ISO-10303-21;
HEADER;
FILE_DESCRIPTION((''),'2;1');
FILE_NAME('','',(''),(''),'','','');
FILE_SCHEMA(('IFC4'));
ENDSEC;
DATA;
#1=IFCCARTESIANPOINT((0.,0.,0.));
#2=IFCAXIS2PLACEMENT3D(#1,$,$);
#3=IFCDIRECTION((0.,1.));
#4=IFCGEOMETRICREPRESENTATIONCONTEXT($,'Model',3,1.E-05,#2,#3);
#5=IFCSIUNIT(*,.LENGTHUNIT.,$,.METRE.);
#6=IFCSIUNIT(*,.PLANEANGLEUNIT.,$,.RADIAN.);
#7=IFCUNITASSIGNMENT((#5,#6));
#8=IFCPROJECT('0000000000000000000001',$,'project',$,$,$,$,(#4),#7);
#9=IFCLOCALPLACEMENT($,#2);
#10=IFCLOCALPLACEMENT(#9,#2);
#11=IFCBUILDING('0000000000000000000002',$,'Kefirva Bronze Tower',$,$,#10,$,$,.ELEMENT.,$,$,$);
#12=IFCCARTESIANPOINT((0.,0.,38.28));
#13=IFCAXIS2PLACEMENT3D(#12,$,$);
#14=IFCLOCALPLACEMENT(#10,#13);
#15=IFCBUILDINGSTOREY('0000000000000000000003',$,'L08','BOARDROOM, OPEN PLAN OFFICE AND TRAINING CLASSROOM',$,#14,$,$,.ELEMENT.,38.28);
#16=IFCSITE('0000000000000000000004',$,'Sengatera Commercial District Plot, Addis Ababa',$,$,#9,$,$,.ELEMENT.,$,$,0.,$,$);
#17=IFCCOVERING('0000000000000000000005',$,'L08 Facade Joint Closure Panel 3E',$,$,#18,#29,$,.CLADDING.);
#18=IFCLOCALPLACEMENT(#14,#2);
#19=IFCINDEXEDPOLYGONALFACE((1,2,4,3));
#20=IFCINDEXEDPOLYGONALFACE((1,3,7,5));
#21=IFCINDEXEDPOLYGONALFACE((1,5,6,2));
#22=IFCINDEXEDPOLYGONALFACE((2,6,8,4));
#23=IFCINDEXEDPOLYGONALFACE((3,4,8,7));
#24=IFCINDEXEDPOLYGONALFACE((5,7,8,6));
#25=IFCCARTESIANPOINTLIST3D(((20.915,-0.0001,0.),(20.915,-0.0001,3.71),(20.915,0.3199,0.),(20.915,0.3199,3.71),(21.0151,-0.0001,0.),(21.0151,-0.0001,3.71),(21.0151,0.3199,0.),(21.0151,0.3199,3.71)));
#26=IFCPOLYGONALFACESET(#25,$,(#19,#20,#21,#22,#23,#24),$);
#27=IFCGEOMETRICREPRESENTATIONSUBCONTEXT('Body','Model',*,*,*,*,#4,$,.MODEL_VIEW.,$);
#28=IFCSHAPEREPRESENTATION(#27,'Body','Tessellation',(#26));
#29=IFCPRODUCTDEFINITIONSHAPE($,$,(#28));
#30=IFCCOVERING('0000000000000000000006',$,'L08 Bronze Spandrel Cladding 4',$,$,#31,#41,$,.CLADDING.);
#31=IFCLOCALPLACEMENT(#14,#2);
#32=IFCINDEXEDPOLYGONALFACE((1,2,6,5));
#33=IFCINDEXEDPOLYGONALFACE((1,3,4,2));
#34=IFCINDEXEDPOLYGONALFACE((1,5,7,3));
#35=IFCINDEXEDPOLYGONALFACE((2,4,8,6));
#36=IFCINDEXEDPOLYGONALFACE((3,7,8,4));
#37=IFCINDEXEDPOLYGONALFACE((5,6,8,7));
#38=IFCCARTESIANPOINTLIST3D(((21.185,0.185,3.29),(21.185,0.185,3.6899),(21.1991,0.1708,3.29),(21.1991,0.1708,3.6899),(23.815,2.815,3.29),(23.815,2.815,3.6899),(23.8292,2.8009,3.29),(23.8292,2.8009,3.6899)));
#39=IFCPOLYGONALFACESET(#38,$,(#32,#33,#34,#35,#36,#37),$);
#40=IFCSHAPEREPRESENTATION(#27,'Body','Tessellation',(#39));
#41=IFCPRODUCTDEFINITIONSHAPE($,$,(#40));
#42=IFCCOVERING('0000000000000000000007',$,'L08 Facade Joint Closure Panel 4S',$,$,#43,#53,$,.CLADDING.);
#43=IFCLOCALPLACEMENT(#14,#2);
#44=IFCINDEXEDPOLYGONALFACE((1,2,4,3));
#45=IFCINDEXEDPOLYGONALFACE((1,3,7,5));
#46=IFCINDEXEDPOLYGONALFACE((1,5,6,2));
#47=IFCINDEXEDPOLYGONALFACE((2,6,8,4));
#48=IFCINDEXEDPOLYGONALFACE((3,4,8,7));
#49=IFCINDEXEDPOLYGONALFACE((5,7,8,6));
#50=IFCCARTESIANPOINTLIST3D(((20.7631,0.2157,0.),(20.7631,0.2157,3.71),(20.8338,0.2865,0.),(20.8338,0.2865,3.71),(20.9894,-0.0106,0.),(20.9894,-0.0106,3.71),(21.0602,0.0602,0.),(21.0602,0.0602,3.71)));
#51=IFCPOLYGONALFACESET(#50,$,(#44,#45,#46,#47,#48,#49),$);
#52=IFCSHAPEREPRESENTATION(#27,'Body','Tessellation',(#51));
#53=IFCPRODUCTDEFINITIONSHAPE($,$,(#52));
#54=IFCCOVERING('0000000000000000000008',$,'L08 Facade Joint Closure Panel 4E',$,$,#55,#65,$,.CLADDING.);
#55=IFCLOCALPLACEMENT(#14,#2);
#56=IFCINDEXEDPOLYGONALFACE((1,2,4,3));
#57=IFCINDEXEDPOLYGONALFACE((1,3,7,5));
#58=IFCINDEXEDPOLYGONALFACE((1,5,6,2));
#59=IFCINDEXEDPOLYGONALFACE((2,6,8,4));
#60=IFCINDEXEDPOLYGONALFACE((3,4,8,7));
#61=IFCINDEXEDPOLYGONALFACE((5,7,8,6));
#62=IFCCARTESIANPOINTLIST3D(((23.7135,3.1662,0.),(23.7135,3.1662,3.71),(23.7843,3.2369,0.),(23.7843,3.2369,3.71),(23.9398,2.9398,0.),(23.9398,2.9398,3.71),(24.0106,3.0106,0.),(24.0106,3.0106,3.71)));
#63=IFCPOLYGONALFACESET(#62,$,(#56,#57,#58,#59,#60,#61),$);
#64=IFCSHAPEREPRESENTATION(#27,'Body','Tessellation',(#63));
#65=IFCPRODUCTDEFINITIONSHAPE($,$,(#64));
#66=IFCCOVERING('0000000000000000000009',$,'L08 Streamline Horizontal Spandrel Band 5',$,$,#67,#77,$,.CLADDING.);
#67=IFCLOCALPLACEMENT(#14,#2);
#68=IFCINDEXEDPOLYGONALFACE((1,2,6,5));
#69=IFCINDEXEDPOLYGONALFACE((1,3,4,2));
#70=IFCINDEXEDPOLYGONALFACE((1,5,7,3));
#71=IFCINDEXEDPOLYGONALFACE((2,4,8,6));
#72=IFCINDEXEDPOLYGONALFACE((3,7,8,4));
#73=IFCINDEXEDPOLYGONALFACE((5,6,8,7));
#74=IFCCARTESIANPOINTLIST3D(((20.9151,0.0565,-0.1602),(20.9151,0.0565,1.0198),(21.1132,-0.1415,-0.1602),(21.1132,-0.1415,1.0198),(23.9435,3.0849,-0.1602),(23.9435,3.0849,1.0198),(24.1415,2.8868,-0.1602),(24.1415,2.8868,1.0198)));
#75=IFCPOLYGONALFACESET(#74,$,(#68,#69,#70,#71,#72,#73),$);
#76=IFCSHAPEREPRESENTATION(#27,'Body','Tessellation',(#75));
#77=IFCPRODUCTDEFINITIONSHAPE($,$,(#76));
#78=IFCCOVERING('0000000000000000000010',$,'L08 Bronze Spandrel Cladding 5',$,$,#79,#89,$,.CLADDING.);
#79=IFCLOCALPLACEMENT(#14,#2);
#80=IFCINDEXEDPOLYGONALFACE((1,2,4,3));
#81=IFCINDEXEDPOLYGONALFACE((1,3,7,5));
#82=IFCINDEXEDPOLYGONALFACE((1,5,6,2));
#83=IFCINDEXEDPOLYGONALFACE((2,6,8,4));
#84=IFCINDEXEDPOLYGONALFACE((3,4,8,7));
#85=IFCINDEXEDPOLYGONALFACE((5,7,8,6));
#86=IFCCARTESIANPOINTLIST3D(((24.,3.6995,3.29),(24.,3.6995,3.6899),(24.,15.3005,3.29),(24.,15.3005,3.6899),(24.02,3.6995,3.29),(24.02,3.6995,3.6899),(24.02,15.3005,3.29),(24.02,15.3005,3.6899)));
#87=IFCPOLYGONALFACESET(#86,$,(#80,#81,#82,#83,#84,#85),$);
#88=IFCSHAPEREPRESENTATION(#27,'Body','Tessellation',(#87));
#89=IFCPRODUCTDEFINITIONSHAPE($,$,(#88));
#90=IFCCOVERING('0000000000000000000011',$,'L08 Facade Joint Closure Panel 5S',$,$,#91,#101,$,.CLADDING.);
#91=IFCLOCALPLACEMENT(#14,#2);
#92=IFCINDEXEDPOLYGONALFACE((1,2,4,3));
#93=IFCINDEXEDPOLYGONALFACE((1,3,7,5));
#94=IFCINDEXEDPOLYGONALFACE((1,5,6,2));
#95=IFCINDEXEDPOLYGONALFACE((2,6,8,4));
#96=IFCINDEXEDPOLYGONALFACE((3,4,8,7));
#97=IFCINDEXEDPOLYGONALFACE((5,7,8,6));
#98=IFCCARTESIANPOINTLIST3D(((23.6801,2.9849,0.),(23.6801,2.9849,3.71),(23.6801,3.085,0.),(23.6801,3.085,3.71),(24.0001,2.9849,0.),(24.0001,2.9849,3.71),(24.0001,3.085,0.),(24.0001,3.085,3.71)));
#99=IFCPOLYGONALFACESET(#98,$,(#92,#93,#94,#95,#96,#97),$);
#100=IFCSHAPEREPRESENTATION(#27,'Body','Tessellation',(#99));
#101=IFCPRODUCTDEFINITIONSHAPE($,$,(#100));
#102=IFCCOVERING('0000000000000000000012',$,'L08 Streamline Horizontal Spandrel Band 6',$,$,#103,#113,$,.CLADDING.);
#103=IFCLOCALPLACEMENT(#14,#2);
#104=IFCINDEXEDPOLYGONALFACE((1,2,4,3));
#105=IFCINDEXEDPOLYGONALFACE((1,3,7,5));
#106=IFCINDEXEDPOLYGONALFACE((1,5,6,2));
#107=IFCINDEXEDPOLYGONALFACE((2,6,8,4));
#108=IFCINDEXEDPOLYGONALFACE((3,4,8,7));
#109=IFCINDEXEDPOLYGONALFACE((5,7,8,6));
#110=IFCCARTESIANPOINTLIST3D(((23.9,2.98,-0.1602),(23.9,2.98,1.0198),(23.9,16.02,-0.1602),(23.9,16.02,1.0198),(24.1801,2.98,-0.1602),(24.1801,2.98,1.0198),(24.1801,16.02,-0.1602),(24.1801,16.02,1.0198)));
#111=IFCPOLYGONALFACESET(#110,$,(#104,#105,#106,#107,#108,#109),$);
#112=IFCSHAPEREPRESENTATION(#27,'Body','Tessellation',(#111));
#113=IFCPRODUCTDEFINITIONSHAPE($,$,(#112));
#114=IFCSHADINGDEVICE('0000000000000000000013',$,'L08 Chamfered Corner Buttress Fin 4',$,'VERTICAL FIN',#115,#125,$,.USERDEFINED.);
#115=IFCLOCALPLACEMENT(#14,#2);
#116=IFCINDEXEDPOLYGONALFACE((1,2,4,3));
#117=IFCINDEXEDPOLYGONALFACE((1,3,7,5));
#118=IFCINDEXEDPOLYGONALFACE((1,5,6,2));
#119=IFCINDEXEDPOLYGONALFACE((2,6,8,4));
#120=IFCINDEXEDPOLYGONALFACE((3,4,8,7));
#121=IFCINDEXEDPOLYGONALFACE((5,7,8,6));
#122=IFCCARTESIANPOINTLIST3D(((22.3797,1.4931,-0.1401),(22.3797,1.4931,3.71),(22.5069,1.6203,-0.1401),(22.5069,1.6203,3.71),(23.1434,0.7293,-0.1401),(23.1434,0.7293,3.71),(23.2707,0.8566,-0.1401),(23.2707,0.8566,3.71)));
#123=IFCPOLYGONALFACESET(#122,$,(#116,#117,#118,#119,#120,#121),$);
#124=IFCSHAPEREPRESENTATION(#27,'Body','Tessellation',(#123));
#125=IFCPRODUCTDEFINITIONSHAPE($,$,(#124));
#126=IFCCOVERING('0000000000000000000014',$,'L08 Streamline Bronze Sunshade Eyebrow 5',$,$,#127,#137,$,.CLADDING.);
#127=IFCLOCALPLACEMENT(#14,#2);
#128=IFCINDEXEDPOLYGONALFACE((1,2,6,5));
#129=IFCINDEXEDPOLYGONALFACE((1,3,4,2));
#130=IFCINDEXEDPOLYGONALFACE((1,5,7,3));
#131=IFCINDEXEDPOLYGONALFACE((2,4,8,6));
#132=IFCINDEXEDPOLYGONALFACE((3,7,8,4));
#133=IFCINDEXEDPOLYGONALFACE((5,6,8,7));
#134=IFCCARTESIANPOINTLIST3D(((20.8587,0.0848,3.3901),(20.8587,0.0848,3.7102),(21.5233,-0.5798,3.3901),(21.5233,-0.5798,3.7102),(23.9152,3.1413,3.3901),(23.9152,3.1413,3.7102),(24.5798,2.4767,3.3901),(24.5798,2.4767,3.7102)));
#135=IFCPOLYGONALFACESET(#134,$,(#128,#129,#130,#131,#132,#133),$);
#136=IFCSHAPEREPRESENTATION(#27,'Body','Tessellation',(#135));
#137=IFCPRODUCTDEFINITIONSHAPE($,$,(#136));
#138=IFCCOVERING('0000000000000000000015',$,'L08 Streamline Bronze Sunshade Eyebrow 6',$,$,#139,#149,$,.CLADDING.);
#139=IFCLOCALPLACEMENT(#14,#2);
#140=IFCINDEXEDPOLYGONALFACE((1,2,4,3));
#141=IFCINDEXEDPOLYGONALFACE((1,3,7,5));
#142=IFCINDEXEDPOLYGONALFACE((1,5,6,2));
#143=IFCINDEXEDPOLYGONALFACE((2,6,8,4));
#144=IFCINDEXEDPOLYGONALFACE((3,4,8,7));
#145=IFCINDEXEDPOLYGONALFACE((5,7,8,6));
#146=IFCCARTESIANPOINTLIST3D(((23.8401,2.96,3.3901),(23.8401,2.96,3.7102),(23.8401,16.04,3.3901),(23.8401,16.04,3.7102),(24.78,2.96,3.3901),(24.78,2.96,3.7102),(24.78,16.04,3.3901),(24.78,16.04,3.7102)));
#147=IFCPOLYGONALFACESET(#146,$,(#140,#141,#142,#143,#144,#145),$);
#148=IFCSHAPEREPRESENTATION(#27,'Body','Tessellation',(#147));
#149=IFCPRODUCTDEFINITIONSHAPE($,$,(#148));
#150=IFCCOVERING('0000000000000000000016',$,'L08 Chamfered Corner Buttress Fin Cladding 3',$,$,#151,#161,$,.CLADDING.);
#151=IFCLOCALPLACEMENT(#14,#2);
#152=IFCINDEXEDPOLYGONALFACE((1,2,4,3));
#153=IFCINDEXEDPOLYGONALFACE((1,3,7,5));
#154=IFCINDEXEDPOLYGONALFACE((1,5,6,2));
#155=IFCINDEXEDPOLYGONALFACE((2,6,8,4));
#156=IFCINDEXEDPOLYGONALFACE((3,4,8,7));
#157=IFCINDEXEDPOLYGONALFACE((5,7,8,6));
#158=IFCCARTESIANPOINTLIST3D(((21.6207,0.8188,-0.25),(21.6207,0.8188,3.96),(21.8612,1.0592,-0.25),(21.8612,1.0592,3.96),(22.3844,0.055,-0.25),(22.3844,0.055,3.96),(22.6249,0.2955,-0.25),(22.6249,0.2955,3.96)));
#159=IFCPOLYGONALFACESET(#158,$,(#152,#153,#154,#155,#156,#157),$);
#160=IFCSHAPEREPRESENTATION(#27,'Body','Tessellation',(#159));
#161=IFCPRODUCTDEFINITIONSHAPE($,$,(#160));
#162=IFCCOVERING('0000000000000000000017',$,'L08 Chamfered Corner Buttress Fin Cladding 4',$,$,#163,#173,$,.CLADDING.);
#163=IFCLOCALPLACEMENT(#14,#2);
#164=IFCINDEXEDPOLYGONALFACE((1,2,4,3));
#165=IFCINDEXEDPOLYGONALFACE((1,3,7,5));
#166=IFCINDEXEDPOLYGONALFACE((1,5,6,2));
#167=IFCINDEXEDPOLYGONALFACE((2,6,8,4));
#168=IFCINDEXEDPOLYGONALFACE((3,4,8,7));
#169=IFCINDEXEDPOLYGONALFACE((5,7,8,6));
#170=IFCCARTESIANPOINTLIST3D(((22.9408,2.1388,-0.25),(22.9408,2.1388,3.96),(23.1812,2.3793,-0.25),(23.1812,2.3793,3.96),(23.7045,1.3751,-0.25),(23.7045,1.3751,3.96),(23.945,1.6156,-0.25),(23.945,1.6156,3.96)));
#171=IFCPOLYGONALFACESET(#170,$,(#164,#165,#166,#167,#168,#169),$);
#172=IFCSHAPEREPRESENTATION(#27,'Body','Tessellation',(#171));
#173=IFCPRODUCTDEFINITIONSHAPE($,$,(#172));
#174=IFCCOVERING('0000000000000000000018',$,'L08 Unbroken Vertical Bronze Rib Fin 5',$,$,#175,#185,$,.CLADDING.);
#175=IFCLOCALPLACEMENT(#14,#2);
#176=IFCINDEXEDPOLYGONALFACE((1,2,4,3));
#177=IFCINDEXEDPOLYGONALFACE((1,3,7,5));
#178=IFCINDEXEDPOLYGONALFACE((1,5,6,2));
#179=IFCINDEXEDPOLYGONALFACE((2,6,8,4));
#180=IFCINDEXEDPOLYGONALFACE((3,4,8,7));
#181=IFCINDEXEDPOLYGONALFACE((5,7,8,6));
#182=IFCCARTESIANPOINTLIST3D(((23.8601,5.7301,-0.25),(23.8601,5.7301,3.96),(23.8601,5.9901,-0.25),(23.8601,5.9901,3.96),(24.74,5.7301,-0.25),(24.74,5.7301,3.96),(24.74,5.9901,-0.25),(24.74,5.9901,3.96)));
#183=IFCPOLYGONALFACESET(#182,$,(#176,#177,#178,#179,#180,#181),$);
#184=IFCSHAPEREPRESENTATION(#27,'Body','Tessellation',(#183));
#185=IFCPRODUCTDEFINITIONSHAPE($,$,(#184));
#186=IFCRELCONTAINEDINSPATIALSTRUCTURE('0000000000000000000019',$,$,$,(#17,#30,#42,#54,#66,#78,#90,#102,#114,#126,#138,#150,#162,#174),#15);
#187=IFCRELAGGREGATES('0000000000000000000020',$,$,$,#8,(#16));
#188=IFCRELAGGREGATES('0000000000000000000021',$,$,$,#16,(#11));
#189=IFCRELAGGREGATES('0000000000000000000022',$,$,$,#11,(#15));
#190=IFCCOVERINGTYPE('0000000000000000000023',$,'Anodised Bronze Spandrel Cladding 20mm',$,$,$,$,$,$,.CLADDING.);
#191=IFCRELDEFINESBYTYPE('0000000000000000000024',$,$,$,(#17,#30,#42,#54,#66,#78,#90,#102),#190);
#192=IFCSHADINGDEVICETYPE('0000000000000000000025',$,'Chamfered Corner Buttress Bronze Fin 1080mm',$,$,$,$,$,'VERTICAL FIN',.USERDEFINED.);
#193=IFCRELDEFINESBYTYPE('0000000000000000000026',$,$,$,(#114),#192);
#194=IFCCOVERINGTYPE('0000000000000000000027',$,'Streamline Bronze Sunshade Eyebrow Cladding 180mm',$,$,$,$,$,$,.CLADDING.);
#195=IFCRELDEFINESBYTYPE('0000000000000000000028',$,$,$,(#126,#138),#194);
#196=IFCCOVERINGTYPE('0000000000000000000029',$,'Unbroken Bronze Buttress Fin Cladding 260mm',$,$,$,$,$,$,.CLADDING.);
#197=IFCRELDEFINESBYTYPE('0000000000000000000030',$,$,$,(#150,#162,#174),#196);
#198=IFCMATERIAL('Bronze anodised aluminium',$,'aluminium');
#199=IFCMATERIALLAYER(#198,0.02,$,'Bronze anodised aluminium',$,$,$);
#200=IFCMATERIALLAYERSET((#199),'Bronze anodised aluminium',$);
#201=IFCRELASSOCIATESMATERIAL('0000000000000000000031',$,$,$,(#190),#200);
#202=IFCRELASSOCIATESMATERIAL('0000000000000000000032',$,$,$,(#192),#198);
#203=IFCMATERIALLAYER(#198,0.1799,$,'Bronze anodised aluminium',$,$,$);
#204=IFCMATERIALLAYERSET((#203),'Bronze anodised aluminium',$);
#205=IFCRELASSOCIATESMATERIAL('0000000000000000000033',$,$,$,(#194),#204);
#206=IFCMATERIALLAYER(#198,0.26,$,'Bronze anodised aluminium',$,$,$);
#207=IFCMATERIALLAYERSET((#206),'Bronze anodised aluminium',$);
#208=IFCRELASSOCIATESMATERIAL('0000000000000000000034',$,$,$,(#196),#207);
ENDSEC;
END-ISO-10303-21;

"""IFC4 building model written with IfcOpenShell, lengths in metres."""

from ifc_helpers import new_model, si_unit, direction, frame, origin, origin_2d, place, context, subcontext, project, spatial, rectangle, extrude, material, layer, layer_set, material_profile, profile_set, type_object, element, save


model = new_model("IFC4")

# Units and contexts
model_context = context("Model", 3, precision=1e-05, world=origin(), true_north=direction((0.0, 1.0)))
body_context = subcontext(model_context, "Body", "Model", "MODEL_VIEW")
ifc_project = project(units=[si_unit("LENGTHUNIT", "METRE"), si_unit("PLANEANGLEUNIT", "RADIAN")], contexts=[model_context])

# Site, building, storey
site_placement = place(None, origin())
site = spatial("IfcSite", under=ifc_project, at=site_placement, Name="Sengatera Commercial District Plot, Addis Ababa", CompositionType="ELEMENT", RefElevation=0.0)
building_placement = place(site_placement, origin())
building = spatial("IfcBuilding", under=site, at=building_placement, Name="Kefirva Bronze Tower", CompositionType="ELEMENT")
storey_placement = place(building_placement, frame((0.0, 0.0, 38.28)))
storey = spatial("IfcBuildingStorey", under=building, at=storey_placement, Name="L08", Description="BOARDROOM, OPEN PLAN OFFICE AND TRAINING CLASSROOM", CompositionType="ELEMENT", Elevation=38.28)

# Coverings
ifc_material_1 = material(Name="Bronze anodised aluminium", Category="aluminium")
ifc_layer_1 = layer(ifc_material_1, 0.02, Name="Bronze anodised aluminium")
ifc_layer_set_1 = layer_set([ifc_layer_1], Name="Bronze anodised aluminium")
covering_type_1 = type_object("IfcCoveringType", Name="Anodised Bronze Spandrel Cladding 20mm", PredefinedType="CLADDING", material=ifc_layer_set_1)
covering_1_placement = place(storey_placement, frame((20.9651, 0.1599, 0.0), z_axis=(0.0, 0.0, 1.0), x_axis=(1.0, 0.0, 0.0)))
element("IfcCovering", 1, at=covering_1_placement, inside=storey, type_object=covering_type_1, Name="L08 Facade Joint Closure Panel 3E", PredefinedType="CLADDING", context=body_context, shape_type="SweptSolid", body=[
    extrude(rectangle(XDim=0.1001, YDim=0.3201, at=origin_2d()), origin(), (0.0, 0.0, 1.0), 3.71),
])
covering_2_placement = place(storey_placement, frame((22.5071, 1.4929, 3.29), z_axis=(0.0, 0.0, 1.0), x_axis=(0.707107, 0.707107, 0.0)))
element("IfcCovering", 2, at=covering_2_placement, inside=storey, type_object=covering_type_1, Name="L08 Bronze Spandrel Cladding 4", PredefinedType="CLADDING", context=body_context, shape_type="SweptSolid", body=[
    extrude(rectangle(XDim=3.7195, YDim=0.02, at=origin_2d()), origin(), (0.0, 0.0, 1.0), 0.3999),
])
for number, where, z_axis, x_axis, name in (
    (3, (20.9116, 0.1379, 0.0), (0.0, 0.0, 1.0), (0.707107, 0.707107, 0.0), "L08 Facade Joint Closure Panel 4S"),
    (4, (23.8621, 3.0884, 0.0), (0.0, 0.0, 1.0), (0.707107, 0.707107, 0.0), "L08 Facade Joint Closure Panel 4E"),
):
    element("IfcCovering", number, at=place(storey_placement, frame(where, z_axis=z_axis, x_axis=x_axis)), inside=storey, type_object=covering_type_1, Name=name, PredefinedType="CLADDING", context=body_context, shape_type="SweptSolid", body=[
        extrude(rectangle(XDim=0.1001, YDim=0.3201, at=origin_2d()), origin(), (0.0, 0.0, 1.0), 3.71),
    ])
covering_3_placement = place(storey_placement, frame((22.5283, 1.4717, -0.1602), z_axis=(0.0, 0.0, 1.0), x_axis=(0.707107, 0.707107, 0.0)))
element("IfcCovering", 5, at=covering_3_placement, inside=storey, type_object=covering_type_1, Name="L08 Streamline Horizontal Spandrel Band 5", PredefinedType="CLADDING", context=body_context, shape_type="SweptSolid", body=[
    extrude(rectangle(XDim=4.2827, YDim=0.28, at=origin_2d()), origin(), (0.0, 0.0, 1.0), 1.1799),
])
covering_4_placement = place(storey_placement, frame((24.01, 9.5, 3.29), z_axis=(0.0, 0.0, 1.0), x_axis=(0.0, 1.0, 0.0)))
element("IfcCovering", 6, at=covering_4_placement, inside=storey, type_object=covering_type_1, Name="L08 Bronze Spandrel Cladding 5", PredefinedType="CLADDING", context=body_context, shape_type="SweptSolid", body=[
    extrude(rectangle(XDim=11.6011, YDim=0.02, at=origin_2d()), origin(), (0.0, 0.0, 1.0), 0.3999),
])
covering_5_placement = place(storey_placement, frame((23.8401, 3.0349, 0.0), z_axis=(0.0, 0.0, 1.0), x_axis=(0.0, 1.0, 0.0)))
element("IfcCovering", 7, at=covering_5_placement, inside=storey, type_object=covering_type_1, Name="L08 Facade Joint Closure Panel 5S", PredefinedType="CLADDING", context=body_context, shape_type="SweptSolid", body=[
    extrude(rectangle(XDim=0.1001, YDim=0.3201, at=origin_2d()), origin(), (0.0, 0.0, 1.0), 3.71),
])
covering_6_placement = place(storey_placement, frame((24.04, 9.5, -0.1602), z_axis=(0.0, 0.0, 1.0), x_axis=(0.0, 1.0, 0.0)))
element("IfcCovering", 8, at=covering_6_placement, inside=storey, type_object=covering_type_1, Name="L08 Streamline Horizontal Spandrel Band 6", PredefinedType="CLADDING", context=body_context, shape_type="SweptSolid", body=[
    extrude(rectangle(XDim=13.04, YDim=0.28, at=origin_2d()), origin(), (0.0, 0.0, 1.0), 1.1799),
])

# Shading device
ifc_material_profile_1 = material_profile(ifc_material_1, rectangle(XDim=0.1799, YDim=1.0801, at=origin_2d()), Name="BRONZE BUTTRESS FIN 180x1080")
ifc_profile_set_1 = profile_set([ifc_material_profile_1], Name="Bronze anodised aluminium")
shading_device_type_1 = type_object("IfcShadingDeviceType", Name="Chamfered Corner Buttress Bronze Fin 1080mm", ElementType="VERTICAL FIN", PredefinedType="USERDEFINED", material=ifc_profile_set_1)
shading_device_1_placement = place(storey_placement, frame((22.8252, 1.1748, -0.1401), z_axis=(0.0, 0.0, 1.0), x_axis=(0.707107, 0.707107, 0.0)))
element("IfcShadingDevice", 9, at=shading_device_1_placement, inside=storey, type_object=shading_device_type_1, Name="L08 Chamfered Corner Buttress Fin 4", ObjectType="VERTICAL FIN", PredefinedType="USERDEFINED", context=body_context, shape_type="SweptSolid", body=[
    extrude(rectangle(XDim=0.1799, YDim=1.0801, at=origin_2d()), origin(), (0.0, 0.0, 1.0), 3.8501),
])

# Coverings
ifc_layer_2 = layer(ifc_material_1, 0.1799, Name="Bronze anodised aluminium")
ifc_layer_set_2 = layer_set([ifc_layer_2], Name="Bronze anodised aluminium")
covering_type_2 = type_object("IfcCoveringType", Name="Streamline Bronze Sunshade Eyebrow Cladding 180mm", PredefinedType="CLADDING", material=ifc_layer_set_2)
covering_7_placement = place(storey_placement, frame((22.7192, 1.2808, 3.3901), z_axis=(0.0, 0.0, 1.0), x_axis=(0.707107, 0.707107, 0.0)))
element("IfcCovering", 10, at=covering_7_placement, inside=storey, type_object=covering_type_2, Name="L08 Streamline Bronze Sunshade Eyebrow 5", PredefinedType="CLADDING", context=body_context, shape_type="SweptSolid", body=[
    extrude(rectangle(XDim=4.3225, YDim=0.9399, at=origin_2d()), origin(), (0.0, 0.0, 1.0), 0.3201),
])
covering_8_placement = place(storey_placement, frame((24.3101, 9.5, 3.3901), z_axis=(0.0, 0.0, 1.0), x_axis=(0.0, 1.0, 0.0)))
element("IfcCovering", 11, at=covering_8_placement, inside=storey, type_object=covering_type_2, Name="L08 Streamline Bronze Sunshade Eyebrow 6", PredefinedType="CLADDING", context=body_context, shape_type="SweptSolid", body=[
    extrude(rectangle(XDim=13.0801, YDim=0.9399, at=origin_2d()), origin(), (0.0, 0.0, 1.0), 0.3201),
])
ifc_layer_3 = layer(ifc_material_1, 0.26, Name="Bronze anodised aluminium")
ifc_layer_set_3 = layer_set([ifc_layer_3], Name="Bronze anodised aluminium")
covering_type_3 = type_object("IfcCoveringType", Name="Unbroken Bronze Buttress Fin Cladding 260mm", PredefinedType="CLADDING", material=ifc_layer_set_3)
for number, where, z_axis, x_axis, name in (
    (12, (22.1228, 0.5571, -0.25), (0.0, 0.0, 1.0), (0.707107, 0.707107, 0.0), "L08 Chamfered Corner Buttress Fin Cladding 3"),
    (13, (23.4429, 1.8772, -0.25), (0.0, 0.0, 1.0), (0.707107, 0.707107, 0.0), "L08 Chamfered Corner Buttress Fin Cladding 4"),
):
    element("IfcCovering", number, at=place(storey_placement, frame(where, z_axis=z_axis, x_axis=x_axis)), inside=storey, type_object=covering_type_3, Name=name, PredefinedType="CLADDING", context=body_context, shape_type="SweptSolid", body=[
        extrude(rectangle(XDim=0.3401, YDim=1.0801, at=origin_2d()), origin(), (0.0, 0.0, 1.0), 4.21),
    ])
covering_9_placement = place(storey_placement, frame((24.3, 5.8601, -0.25), z_axis=(0.0, 0.0, 1.0), x_axis=(0.0, 1.0, 0.0)))
element("IfcCovering", 14, at=covering_9_placement, inside=storey, type_object=covering_type_3, Name="L08 Unbroken Vertical Bronze Rib Fin 5", PredefinedType="CLADDING", context=body_context, shape_type="SweptSolid", body=[
    extrude(rectangle(XDim=0.26, YDim=0.8799, at=origin_2d()), origin(), (0.0, 0.0, 1.0), 4.21),
])

save(model, "model.ifc")
